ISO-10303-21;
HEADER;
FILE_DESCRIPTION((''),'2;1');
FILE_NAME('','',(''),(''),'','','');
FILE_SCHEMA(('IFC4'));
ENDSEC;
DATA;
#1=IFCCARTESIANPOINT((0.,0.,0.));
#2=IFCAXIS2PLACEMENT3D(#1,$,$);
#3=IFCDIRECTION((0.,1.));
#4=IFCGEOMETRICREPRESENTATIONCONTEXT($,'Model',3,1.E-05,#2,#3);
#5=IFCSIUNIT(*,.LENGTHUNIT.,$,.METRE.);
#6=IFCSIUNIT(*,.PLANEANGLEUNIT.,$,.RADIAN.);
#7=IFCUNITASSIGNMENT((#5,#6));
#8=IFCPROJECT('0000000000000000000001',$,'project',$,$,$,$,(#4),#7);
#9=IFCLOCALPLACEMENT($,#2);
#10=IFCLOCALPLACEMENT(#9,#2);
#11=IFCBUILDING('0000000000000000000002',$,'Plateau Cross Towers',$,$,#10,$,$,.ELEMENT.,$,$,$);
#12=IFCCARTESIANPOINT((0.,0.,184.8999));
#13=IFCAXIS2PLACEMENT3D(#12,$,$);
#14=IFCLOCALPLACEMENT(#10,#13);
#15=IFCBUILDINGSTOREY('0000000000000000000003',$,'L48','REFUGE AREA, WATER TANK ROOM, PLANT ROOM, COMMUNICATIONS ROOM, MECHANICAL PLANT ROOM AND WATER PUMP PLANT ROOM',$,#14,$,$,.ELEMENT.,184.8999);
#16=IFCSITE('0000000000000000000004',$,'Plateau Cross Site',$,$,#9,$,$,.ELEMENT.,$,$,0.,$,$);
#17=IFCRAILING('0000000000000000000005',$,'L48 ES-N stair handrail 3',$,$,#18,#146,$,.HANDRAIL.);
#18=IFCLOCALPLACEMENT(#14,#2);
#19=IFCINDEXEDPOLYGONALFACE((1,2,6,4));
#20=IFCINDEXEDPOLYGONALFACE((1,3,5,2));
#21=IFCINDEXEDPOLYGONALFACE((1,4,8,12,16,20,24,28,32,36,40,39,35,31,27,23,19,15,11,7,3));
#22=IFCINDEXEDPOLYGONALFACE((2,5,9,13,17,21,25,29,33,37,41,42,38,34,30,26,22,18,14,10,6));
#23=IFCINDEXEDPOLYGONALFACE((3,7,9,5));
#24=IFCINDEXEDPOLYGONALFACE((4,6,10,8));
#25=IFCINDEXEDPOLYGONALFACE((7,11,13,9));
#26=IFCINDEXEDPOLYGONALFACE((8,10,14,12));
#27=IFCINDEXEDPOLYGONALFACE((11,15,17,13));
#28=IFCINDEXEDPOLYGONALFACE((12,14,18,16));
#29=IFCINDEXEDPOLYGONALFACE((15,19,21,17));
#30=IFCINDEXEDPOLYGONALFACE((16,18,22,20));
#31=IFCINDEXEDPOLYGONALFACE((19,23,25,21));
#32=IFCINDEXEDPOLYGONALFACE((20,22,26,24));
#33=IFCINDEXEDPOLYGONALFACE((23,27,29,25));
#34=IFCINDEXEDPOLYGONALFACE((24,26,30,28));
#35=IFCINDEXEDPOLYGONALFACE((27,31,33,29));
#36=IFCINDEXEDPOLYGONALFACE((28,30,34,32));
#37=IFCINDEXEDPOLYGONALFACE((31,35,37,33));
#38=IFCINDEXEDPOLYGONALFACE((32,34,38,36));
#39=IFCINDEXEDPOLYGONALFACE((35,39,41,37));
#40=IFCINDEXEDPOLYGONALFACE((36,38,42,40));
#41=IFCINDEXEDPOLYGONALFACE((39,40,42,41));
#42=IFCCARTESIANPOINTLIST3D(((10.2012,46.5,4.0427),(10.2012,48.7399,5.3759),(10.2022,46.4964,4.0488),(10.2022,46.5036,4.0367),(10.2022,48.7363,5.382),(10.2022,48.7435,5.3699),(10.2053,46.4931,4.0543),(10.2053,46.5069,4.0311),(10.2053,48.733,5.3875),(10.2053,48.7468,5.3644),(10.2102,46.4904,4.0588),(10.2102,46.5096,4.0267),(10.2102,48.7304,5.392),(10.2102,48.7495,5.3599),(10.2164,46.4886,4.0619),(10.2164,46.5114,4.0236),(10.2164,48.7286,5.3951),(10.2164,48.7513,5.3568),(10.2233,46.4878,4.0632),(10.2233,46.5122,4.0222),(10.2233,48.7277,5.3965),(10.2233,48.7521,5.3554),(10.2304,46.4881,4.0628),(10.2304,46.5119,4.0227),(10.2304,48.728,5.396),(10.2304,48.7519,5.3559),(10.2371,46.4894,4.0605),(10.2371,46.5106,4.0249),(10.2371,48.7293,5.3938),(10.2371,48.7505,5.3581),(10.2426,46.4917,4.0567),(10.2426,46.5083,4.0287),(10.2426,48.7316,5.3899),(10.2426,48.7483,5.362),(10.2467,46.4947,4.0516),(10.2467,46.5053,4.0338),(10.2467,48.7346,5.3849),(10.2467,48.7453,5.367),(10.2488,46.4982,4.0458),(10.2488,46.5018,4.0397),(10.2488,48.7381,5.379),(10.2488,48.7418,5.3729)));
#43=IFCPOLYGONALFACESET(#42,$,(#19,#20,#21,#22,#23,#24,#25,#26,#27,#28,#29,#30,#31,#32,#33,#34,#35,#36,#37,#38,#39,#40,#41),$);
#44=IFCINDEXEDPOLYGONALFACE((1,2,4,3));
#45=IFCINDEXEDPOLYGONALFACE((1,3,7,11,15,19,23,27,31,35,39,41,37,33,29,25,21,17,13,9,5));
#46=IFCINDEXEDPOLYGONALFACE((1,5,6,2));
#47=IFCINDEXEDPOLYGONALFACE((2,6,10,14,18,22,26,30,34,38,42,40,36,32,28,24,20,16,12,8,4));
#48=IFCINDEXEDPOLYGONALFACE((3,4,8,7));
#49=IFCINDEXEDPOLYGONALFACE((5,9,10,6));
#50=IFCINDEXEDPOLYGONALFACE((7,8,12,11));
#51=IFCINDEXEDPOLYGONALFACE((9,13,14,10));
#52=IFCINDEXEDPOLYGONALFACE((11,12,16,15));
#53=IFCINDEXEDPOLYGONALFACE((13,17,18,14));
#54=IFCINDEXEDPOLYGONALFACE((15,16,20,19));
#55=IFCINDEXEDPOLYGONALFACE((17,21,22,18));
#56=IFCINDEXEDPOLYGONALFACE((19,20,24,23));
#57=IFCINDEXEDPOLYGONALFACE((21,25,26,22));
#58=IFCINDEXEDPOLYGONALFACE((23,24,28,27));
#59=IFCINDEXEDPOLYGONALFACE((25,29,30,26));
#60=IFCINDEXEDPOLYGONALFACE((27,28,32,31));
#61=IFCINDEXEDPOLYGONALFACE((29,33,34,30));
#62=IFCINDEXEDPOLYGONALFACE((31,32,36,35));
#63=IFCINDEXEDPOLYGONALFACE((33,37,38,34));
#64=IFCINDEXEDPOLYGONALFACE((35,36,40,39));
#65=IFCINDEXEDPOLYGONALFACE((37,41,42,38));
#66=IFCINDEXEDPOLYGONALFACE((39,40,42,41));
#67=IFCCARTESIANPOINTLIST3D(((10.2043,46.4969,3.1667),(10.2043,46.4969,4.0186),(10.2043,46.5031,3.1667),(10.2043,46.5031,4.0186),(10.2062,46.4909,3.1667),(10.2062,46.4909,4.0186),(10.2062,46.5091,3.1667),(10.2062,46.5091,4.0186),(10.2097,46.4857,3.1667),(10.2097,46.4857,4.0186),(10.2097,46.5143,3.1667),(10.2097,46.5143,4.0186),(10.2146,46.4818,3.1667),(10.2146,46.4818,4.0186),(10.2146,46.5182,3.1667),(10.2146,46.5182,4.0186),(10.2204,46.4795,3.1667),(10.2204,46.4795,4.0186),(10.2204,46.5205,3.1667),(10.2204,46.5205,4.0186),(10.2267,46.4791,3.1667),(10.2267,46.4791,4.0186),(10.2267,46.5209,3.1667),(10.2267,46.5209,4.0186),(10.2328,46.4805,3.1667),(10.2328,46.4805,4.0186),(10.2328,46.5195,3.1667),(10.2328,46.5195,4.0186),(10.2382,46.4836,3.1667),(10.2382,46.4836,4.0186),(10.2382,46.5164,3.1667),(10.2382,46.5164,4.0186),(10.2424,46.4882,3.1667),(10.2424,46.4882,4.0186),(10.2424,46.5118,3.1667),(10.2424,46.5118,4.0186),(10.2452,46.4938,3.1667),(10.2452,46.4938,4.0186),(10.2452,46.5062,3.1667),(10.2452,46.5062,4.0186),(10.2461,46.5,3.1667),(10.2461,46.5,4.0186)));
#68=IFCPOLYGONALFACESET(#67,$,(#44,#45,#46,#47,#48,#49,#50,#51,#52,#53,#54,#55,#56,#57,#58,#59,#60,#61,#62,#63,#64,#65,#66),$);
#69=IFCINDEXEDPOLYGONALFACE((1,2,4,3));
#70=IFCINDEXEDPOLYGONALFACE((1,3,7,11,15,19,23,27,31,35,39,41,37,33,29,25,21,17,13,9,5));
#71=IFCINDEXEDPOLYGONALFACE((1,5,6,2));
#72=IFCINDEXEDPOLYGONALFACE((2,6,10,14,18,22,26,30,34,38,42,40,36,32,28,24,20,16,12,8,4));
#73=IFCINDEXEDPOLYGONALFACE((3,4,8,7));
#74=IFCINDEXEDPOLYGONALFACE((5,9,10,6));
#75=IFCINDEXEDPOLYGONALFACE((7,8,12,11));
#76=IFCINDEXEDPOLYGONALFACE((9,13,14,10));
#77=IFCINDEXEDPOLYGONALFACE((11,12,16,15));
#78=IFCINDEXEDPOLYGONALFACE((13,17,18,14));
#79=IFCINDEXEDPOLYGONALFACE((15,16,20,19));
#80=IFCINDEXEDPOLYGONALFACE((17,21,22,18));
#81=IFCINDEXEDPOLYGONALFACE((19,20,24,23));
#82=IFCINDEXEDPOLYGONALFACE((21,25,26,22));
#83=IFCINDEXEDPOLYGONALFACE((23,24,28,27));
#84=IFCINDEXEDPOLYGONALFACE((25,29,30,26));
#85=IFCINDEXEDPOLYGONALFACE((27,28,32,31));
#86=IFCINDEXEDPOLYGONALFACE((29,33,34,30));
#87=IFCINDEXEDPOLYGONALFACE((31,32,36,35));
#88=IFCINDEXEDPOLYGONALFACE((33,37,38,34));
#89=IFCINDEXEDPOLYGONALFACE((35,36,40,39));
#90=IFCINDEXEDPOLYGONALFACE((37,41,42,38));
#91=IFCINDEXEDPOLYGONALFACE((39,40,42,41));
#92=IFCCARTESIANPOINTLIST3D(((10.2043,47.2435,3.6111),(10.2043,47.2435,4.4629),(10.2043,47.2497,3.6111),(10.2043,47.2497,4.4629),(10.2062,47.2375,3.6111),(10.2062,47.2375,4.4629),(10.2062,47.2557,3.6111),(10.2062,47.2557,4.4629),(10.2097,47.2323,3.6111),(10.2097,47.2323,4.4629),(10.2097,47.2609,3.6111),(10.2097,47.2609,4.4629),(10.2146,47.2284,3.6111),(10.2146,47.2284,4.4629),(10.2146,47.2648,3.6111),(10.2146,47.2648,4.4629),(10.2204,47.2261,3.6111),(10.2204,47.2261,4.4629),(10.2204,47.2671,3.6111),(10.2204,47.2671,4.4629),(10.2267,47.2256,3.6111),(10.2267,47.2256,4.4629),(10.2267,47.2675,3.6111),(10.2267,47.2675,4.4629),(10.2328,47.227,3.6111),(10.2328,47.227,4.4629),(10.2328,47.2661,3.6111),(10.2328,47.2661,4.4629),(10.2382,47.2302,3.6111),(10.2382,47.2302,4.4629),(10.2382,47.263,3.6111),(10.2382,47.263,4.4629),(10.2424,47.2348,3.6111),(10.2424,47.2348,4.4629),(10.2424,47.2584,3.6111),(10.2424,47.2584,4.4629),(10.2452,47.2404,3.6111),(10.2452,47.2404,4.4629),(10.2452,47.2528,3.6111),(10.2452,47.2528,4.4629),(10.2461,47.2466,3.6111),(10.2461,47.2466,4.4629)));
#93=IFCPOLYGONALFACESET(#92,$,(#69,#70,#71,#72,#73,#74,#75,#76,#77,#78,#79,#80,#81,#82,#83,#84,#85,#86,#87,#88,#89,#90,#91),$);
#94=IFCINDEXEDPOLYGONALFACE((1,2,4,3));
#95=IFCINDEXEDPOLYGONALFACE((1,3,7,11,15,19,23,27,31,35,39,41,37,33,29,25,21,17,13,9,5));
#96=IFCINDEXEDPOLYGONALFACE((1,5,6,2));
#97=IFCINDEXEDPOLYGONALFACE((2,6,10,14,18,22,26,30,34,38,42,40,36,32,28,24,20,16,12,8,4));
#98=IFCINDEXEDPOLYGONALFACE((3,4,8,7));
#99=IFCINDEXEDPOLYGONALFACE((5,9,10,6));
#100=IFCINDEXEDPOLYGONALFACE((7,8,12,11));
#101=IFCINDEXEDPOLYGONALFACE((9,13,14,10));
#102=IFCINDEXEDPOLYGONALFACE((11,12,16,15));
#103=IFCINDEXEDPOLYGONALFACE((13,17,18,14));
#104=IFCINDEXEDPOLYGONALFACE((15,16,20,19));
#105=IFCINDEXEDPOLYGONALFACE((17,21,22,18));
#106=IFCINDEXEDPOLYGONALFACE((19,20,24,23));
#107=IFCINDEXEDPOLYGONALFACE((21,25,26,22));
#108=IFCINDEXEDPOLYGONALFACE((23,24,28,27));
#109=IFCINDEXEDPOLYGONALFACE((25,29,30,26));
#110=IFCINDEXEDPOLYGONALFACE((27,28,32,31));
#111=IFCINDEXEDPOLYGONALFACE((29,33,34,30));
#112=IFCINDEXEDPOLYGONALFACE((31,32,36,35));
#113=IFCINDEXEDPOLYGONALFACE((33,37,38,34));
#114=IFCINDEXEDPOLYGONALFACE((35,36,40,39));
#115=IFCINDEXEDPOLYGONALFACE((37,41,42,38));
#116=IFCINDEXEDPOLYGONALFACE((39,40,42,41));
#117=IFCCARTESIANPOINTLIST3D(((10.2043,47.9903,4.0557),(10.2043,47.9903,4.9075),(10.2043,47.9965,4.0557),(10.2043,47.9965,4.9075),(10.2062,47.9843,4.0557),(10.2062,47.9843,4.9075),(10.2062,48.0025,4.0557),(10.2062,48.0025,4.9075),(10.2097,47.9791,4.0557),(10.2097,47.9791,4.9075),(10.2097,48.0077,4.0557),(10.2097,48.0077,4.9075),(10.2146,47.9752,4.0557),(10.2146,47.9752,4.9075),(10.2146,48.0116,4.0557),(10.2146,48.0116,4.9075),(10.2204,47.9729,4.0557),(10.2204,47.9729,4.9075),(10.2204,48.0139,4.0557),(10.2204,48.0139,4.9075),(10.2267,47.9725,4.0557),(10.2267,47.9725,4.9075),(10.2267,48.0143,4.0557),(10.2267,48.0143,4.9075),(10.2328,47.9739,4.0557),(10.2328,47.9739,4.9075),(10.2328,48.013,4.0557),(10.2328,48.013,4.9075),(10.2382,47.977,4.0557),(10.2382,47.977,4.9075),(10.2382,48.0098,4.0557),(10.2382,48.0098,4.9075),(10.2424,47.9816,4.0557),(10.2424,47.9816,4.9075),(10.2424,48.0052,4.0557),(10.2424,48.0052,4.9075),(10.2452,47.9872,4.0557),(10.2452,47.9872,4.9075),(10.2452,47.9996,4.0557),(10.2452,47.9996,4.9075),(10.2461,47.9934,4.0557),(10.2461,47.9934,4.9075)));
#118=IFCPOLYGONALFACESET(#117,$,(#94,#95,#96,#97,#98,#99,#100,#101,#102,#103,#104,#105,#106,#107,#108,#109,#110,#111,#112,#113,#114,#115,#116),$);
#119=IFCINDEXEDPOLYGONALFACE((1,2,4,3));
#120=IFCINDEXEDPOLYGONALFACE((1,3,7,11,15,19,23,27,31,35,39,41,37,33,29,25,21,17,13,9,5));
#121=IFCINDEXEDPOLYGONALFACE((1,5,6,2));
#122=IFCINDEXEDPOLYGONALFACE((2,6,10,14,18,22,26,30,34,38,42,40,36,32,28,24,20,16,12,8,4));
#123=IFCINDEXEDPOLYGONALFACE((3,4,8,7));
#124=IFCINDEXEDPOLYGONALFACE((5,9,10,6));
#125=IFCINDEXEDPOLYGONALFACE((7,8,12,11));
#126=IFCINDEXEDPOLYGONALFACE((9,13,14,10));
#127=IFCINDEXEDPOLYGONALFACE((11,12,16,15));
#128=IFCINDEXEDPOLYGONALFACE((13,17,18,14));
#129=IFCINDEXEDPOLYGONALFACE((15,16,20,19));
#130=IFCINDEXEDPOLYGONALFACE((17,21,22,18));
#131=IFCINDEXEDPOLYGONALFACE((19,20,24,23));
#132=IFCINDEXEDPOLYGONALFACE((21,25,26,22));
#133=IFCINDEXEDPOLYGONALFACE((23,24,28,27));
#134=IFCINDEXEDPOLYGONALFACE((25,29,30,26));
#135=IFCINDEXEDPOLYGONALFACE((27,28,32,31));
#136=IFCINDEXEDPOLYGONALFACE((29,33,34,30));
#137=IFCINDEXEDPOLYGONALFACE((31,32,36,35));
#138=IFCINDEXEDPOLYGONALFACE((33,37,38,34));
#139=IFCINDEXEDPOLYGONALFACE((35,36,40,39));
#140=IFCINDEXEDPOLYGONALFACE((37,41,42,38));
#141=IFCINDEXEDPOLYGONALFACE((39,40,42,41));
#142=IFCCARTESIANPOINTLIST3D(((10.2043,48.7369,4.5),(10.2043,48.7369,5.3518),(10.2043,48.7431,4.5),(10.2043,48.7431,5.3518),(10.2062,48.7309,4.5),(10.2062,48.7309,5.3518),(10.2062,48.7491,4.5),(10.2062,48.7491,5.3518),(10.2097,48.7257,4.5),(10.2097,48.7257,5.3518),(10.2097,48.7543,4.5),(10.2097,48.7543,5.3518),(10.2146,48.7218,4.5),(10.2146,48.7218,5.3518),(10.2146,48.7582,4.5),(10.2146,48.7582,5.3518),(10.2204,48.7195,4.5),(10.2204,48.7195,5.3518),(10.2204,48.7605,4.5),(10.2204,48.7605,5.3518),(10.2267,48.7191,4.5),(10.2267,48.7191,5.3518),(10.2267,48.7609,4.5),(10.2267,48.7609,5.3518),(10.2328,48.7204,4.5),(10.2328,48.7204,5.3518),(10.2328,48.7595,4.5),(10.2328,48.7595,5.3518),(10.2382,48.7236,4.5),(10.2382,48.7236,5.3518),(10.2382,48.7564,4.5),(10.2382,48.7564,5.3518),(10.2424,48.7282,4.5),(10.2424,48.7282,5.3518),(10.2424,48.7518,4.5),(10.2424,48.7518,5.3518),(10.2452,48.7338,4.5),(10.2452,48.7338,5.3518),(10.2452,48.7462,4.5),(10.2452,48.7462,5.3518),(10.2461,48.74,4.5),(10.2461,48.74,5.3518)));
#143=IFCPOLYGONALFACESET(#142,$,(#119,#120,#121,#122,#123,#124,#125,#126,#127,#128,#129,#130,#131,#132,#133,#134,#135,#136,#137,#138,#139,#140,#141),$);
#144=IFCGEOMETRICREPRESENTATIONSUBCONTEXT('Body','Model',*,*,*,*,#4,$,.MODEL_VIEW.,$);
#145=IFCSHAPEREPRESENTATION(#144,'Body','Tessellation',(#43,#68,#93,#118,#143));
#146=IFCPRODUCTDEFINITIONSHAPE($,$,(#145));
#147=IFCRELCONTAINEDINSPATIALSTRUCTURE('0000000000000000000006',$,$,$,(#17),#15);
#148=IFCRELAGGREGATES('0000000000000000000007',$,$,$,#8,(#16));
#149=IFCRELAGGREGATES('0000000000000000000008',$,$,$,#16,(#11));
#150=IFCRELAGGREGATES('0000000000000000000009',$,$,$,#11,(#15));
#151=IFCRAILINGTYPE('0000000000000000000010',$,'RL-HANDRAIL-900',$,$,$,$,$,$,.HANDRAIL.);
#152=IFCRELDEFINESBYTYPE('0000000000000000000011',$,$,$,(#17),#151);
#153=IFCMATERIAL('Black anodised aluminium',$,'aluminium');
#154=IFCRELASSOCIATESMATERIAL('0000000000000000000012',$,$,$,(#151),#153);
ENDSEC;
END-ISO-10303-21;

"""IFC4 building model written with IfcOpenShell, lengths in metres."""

from ifc_helpers import new_model, si_unit, direction, frame, origin, origin_2d, place, context, subcontext, project, spatial, circle, extrude, material, type_object, element, save


model = new_model("IFC4")

# Units and contexts
model_context = context("Model", 3, precision=1e-05, world=origin(), true_north=direction((0.0, 1.0)))
body_context = subcontext(model_context, "Body", "Model", "MODEL_VIEW")
ifc_project = project(units=[si_unit("LENGTHUNIT", "METRE"), si_unit("PLANEANGLEUNIT", "RADIAN")], contexts=[model_context])

# Site, building, storey
site_placement = place(None, origin())
site = spatial("IfcSite", under=ifc_project, at=site_placement, Name="Plateau Cross Site", CompositionType="ELEMENT", RefElevation=0.0)
building_placement = place(site_placement, origin())
building = spatial("IfcBuilding", under=site, at=building_placement, Name="Plateau Cross Towers", CompositionType="ELEMENT")
storey_placement = place(building_placement, frame((0.0, 0.0, 184.8999)))
storey = spatial("IfcBuildingStorey", under=building, at=storey_placement, Name="L48", Description="REFUGE AREA, WATER TANK ROOM, PLANT ROOM, COMMUNICATIONS ROOM, MECHANICAL PLANT ROOM AND WATER PUMP PLANT ROOM", CompositionType="ELEMENT", Elevation=184.8999)

# Shared definitions
ifc_material_1 = material(Name="Black anodised aluminium", Category="aluminium")

# Railing
railing_type_1 = type_object("IfcRailingType", Name="RL-HANDRAIL-900", PredefinedType="HANDRAIL", material=ifc_material_1)
railing_1_placement = place(storey_placement, frame((10.2251, 46.5, 3.1667)))
element("IfcRailing", 1, at=railing_1_placement, inside=storey, type_object=railing_type_1, Name="L48 ES-N stair handrail 3", PredefinedType="HANDRAIL", context=body_context, shape_type="SweptSolid", body=[
    extrude(circle(Radius=0.0239, at=origin_2d()), frame((0.0, 0.0, 0.876), z_axis=(0.0, 0.859306, 0.511462), x_axis=(-1.0, 0.0, 0.0)), (0.0, 0.0, 1.0), 2.6067),
    extrude(circle(Radius=0.021, at=origin_2d()), origin(), (0.0, 0.0, 1.0), 0.8518),
    extrude(circle(Radius=0.021, at=origin_2d()), frame((0.0, 0.7466, 0.4443)), (0.0, 0.0, 1.0), 0.8518),
    extrude(circle(Radius=0.021, at=origin_2d()), frame((0.0, 1.4934, 0.8889)), (0.0, 0.0, 1.0), 0.8518),
    extrude(circle(Radius=0.021, at=origin_2d()), frame((0.0, 2.24, 1.3333)), (0.0, 0.0, 1.0), 0.8518),
])

save(model, "model.ifc")
